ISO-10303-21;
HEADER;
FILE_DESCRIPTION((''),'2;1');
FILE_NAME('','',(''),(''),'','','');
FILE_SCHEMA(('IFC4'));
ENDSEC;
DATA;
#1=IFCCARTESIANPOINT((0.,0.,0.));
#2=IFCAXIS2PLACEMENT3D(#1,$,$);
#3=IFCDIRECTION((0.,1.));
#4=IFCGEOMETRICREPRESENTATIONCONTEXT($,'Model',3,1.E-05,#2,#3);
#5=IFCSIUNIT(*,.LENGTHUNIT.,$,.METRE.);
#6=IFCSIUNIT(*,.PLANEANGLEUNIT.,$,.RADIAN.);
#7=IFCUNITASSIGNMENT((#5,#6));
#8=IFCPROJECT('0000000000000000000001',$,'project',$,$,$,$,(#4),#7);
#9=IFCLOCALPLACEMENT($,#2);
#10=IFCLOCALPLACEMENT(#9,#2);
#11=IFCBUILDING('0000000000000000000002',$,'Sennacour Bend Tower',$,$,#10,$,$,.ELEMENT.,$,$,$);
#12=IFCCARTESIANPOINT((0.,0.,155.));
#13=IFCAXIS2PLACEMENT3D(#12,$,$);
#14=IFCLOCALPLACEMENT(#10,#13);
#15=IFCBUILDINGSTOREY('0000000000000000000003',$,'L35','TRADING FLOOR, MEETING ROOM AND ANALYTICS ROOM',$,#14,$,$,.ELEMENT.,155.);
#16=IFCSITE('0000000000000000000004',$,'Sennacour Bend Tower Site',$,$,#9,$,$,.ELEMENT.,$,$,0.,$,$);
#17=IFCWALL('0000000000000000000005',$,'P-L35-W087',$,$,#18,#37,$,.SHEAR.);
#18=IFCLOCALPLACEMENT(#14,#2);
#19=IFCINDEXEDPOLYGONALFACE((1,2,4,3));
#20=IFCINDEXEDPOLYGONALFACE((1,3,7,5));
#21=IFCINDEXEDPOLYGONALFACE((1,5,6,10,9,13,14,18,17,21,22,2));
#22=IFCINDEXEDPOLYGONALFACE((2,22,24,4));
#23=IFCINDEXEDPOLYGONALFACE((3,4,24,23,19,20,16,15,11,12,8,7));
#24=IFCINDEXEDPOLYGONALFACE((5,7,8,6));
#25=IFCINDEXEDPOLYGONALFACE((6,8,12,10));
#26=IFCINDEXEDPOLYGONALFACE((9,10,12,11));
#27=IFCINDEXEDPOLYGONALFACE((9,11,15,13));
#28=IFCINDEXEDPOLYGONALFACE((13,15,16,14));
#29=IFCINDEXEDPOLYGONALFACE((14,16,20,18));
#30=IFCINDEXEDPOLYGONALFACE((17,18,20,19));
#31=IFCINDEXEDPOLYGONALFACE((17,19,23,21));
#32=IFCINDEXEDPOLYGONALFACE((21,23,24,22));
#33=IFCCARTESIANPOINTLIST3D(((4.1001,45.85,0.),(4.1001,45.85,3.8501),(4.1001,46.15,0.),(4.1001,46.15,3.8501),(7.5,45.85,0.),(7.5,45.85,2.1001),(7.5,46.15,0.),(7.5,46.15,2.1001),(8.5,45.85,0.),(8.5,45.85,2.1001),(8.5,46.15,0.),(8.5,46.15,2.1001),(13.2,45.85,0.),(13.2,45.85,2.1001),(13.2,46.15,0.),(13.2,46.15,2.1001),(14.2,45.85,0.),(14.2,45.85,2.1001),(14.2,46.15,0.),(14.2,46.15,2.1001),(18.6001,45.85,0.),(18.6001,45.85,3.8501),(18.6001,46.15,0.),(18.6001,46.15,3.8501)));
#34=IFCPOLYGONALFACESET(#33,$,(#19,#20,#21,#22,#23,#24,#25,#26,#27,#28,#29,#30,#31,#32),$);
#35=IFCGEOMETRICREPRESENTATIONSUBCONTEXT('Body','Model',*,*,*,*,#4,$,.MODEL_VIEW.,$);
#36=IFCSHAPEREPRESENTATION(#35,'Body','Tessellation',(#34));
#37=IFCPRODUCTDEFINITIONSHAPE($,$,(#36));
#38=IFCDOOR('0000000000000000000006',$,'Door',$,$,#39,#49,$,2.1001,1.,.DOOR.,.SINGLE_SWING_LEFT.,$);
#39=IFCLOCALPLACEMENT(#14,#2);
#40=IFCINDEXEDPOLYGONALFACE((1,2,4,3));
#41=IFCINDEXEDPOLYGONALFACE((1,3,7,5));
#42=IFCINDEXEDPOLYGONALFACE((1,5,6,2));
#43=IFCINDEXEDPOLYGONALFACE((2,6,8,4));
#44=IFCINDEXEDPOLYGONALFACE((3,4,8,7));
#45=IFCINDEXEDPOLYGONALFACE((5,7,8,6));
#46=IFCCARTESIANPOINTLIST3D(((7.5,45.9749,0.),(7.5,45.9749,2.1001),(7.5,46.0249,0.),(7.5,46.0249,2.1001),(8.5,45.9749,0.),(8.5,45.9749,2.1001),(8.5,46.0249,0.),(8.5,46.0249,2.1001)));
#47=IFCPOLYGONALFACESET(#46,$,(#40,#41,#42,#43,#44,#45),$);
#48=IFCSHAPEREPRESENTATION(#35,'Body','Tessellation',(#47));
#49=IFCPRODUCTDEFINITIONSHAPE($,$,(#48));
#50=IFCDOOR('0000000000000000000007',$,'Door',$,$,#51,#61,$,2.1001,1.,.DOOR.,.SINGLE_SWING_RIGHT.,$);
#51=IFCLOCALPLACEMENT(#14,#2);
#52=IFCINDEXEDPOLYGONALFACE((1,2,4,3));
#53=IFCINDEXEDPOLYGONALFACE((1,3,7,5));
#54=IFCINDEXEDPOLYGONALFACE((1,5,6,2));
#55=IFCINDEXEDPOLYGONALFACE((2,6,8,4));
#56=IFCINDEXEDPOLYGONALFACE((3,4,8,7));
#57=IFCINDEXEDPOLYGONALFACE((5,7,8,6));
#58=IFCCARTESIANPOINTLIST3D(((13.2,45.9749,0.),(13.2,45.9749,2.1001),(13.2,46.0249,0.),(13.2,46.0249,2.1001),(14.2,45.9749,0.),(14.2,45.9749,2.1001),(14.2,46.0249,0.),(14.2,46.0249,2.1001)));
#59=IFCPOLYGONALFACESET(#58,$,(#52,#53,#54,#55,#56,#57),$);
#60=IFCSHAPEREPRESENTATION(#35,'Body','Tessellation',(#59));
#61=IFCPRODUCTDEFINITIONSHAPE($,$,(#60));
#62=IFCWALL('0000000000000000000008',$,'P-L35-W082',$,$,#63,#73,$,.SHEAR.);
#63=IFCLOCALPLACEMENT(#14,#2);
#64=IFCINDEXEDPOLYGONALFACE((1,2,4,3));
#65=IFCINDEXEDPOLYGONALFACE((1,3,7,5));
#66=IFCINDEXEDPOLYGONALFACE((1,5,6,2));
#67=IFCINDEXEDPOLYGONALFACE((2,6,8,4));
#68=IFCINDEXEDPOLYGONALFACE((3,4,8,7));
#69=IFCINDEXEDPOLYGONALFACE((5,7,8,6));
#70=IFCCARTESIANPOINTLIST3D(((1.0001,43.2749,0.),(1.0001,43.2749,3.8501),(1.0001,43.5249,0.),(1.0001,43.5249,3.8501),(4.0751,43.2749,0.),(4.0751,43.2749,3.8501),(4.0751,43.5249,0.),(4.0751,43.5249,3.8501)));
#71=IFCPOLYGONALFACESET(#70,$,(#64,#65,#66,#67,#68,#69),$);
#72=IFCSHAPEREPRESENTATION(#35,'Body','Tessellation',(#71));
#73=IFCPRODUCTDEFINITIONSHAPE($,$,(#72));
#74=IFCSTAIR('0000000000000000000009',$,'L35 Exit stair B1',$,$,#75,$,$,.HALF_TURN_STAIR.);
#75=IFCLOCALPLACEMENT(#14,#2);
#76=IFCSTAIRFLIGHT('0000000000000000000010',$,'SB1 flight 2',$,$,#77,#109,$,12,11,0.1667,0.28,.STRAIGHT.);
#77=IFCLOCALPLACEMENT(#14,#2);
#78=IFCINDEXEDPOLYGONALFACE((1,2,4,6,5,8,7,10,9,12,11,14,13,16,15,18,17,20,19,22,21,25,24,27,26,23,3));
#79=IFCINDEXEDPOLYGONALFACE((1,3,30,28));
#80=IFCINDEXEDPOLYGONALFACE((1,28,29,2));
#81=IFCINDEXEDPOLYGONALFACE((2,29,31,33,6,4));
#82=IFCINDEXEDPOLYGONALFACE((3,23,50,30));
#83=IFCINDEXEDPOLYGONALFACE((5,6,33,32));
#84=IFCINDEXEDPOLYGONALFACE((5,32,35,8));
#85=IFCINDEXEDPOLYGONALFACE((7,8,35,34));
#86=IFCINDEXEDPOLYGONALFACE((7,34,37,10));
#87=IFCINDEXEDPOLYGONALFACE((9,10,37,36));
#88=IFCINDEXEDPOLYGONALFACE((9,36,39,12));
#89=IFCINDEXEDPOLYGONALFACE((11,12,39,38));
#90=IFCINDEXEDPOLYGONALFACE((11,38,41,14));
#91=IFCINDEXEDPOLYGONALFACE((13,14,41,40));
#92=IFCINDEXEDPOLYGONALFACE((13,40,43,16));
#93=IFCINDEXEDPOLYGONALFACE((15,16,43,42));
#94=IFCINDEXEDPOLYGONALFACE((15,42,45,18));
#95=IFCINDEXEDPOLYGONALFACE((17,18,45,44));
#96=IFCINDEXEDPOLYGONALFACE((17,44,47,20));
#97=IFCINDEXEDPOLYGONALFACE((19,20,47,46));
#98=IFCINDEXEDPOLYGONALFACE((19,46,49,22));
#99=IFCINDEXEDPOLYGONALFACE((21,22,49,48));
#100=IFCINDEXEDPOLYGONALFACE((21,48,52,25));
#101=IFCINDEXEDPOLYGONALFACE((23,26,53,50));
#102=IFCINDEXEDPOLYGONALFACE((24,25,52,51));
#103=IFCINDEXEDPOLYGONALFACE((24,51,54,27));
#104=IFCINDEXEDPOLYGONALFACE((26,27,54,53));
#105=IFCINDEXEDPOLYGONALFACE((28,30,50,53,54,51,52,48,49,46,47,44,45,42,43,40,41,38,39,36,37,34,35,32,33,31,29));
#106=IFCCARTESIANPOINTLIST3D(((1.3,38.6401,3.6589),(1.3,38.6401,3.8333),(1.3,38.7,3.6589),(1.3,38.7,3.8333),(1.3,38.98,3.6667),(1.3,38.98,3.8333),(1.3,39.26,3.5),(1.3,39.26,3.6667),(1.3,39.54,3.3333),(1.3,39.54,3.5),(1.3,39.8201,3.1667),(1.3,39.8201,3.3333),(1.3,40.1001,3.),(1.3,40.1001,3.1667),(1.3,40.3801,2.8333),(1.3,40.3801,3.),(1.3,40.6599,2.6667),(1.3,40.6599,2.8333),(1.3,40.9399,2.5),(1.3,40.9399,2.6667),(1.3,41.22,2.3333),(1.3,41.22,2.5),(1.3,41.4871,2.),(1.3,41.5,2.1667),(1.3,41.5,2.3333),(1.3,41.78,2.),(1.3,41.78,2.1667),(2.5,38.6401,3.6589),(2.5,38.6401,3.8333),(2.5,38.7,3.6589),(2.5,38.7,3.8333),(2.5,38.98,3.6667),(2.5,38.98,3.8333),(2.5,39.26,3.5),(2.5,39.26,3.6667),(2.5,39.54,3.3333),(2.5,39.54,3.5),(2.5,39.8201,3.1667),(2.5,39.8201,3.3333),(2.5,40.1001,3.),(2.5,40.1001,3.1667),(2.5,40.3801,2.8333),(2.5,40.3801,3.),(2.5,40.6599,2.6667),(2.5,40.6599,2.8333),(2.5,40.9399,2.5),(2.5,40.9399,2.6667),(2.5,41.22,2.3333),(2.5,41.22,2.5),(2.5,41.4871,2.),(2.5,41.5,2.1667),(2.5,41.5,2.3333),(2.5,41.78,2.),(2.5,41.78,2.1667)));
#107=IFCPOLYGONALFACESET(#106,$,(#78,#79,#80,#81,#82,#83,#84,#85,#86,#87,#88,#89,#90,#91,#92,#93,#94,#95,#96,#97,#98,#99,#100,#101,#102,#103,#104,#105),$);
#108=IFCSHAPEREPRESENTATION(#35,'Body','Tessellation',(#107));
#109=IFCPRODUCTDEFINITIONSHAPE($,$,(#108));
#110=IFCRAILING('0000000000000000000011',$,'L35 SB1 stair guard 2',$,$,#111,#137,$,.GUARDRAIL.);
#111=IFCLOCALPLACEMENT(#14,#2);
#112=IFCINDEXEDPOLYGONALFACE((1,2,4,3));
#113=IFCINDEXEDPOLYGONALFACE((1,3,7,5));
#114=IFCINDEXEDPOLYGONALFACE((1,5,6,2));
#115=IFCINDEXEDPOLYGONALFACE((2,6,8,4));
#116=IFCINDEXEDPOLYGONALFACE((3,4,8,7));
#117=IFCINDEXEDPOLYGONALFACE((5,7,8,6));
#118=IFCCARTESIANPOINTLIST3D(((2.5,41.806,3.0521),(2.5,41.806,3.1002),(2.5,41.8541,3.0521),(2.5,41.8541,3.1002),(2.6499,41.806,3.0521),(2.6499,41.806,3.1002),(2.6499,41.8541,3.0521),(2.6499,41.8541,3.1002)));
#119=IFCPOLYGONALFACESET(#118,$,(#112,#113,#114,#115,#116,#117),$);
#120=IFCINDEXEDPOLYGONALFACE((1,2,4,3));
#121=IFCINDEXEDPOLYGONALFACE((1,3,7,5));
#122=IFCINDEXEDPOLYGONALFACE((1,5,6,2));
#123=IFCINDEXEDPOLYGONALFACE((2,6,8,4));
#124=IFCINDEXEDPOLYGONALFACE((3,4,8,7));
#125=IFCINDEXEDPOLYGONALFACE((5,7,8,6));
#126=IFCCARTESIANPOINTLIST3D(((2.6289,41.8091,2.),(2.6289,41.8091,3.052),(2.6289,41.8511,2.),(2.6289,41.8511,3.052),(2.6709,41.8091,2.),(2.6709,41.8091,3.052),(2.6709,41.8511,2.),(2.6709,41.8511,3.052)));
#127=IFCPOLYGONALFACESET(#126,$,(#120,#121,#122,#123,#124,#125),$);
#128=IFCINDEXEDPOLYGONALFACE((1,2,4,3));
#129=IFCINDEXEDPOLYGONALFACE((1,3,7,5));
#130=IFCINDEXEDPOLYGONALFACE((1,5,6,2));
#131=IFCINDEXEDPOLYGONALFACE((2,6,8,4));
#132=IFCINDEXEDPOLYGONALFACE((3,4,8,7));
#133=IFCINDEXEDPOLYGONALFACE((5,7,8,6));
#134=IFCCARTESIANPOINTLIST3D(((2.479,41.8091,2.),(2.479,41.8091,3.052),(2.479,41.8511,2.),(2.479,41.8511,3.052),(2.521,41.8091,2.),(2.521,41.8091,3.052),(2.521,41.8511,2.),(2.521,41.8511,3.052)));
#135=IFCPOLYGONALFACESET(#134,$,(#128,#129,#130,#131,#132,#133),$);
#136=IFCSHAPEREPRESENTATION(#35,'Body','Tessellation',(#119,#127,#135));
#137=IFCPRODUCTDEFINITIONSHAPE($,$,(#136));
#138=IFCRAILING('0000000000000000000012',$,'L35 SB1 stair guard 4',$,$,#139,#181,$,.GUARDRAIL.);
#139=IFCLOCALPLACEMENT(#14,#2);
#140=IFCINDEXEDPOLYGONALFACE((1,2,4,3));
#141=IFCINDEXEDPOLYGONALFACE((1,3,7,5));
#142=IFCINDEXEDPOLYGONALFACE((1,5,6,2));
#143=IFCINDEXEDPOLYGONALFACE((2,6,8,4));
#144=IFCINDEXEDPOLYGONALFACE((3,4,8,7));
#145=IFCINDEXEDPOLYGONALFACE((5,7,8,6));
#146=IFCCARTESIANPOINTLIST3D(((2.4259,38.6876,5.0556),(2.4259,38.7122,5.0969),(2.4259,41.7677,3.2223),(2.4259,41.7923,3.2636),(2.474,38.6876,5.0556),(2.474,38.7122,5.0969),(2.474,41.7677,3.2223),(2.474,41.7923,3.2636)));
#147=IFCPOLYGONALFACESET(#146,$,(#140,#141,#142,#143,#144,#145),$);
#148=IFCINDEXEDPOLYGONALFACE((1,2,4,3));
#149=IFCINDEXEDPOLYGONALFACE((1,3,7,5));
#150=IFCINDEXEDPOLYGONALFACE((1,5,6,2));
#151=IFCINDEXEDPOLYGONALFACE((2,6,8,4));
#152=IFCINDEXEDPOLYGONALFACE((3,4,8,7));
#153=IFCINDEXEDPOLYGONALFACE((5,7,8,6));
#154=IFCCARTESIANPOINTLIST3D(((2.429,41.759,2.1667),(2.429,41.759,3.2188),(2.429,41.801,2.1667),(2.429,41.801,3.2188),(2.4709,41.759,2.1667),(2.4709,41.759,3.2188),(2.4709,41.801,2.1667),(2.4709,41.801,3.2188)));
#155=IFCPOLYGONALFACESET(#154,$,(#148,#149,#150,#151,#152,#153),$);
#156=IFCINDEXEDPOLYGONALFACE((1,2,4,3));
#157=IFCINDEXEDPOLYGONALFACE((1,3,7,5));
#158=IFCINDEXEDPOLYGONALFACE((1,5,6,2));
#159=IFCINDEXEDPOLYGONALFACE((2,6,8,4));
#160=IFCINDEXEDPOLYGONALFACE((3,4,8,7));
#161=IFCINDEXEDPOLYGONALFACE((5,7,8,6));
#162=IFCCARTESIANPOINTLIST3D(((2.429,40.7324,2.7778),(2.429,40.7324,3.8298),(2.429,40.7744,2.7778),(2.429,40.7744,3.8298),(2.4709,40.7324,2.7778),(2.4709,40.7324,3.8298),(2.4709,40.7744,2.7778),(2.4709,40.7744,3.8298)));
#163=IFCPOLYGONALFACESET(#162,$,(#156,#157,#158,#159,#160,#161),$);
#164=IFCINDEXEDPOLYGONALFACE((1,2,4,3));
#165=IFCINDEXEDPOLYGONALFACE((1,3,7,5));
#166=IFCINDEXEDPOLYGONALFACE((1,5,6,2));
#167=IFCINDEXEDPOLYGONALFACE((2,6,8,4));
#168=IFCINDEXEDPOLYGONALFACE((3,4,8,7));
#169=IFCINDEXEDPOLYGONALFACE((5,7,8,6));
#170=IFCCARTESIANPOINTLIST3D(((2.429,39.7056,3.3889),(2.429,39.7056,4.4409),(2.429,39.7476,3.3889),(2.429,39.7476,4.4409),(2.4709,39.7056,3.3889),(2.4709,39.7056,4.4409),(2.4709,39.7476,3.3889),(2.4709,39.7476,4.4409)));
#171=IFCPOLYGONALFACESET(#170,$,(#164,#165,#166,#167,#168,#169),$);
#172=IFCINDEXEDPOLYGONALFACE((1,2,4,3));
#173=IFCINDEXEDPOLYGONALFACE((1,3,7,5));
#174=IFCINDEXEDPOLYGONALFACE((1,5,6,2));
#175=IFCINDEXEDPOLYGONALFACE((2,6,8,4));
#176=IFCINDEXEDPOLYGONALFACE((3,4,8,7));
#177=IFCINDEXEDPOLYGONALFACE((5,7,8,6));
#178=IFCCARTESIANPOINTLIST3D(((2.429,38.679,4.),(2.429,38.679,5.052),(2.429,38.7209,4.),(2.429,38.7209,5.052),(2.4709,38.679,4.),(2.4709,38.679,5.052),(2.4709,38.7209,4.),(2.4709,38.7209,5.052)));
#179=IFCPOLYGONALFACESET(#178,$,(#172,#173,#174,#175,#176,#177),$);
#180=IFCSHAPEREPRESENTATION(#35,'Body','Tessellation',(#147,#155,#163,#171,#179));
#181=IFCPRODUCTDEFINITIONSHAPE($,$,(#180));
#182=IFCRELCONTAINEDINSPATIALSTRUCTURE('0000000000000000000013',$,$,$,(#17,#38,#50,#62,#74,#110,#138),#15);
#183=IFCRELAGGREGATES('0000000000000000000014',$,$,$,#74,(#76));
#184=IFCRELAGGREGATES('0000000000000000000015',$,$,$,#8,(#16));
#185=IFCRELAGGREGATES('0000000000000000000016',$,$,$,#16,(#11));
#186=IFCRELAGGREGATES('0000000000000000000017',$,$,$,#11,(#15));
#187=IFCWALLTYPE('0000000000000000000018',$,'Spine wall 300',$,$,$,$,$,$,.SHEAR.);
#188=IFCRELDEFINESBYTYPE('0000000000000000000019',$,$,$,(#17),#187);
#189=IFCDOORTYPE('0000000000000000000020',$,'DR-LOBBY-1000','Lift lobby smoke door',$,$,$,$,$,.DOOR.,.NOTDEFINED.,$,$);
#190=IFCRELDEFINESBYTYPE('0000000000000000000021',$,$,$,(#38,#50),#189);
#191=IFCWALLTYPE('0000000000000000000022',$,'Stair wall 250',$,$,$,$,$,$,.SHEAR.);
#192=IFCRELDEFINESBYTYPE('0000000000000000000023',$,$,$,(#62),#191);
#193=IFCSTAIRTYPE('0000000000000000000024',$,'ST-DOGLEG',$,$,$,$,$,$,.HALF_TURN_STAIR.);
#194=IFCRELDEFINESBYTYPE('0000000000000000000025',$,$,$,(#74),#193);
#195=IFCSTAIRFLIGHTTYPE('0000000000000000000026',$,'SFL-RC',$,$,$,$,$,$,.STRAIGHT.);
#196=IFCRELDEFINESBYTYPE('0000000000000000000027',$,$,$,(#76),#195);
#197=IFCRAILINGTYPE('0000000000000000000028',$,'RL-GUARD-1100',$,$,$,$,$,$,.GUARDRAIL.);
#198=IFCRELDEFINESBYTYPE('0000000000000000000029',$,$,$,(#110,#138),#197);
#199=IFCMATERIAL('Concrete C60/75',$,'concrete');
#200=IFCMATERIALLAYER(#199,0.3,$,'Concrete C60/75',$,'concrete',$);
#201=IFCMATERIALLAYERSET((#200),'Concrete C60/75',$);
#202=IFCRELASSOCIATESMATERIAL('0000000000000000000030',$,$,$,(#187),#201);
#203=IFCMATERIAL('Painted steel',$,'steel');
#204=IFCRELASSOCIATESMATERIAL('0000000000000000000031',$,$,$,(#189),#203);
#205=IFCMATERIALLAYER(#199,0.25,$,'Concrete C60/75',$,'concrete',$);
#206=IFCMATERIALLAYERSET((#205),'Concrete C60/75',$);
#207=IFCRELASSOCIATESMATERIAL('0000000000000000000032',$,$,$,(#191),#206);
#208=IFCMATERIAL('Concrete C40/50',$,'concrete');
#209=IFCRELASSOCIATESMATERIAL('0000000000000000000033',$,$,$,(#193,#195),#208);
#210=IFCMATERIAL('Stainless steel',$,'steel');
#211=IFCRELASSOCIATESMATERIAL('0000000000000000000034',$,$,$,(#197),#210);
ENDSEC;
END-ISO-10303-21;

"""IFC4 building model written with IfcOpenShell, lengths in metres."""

from ifc_helpers import new_model, si_unit, direction, frame, frame_2d, origin, origin_2d, place, context, subcontext, project, spatial, polyline, rectangle, outline, extrude, material, layer, layer_set, type_object, element, fill, aggregate, save


model = new_model("IFC4")

# Units and contexts
model_context = context("Model", 3, precision=1e-05, world=origin(), true_north=direction((0.0, 1.0)))
body_context = subcontext(model_context, "Body", "Model", "MODEL_VIEW")
ifc_project = project(units=[si_unit("LENGTHUNIT", "METRE"), si_unit("PLANEANGLEUNIT", "RADIAN")], contexts=[model_context])

# Site, building, storey
site_placement = place(None, origin())
site = spatial("IfcSite", under=ifc_project, at=site_placement, Name="Sennacour Bend Tower Site", CompositionType="ELEMENT", RefElevation=0.0)
building_placement = place(site_placement, origin())
building = spatial("IfcBuilding", under=site, at=building_placement, Name="Sennacour Bend Tower", CompositionType="ELEMENT")
storey_placement = place(building_placement, frame((0.0, 0.0, 155.0)))
storey = spatial("IfcBuildingStorey", under=building, at=storey_placement, Name="L35", Description="TRADING FLOOR, MEETING ROOM AND ANALYTICS ROOM", CompositionType="ELEMENT", Elevation=155.0)

# Shared definitions
ifc_material_1 = material(Name="Concrete C60/75", Category="concrete")

# Shared definitions
ifc_material_2 = material(Name="Painted steel", Category="steel")

# Wall, openings, doors
ifc_layer_1 = layer(ifc_material_1, 0.3, Name="Concrete C60/75", Category="concrete")
ifc_layer_set_1 = layer_set([ifc_layer_1], Name="Concrete C60/75")
wall_type_1 = type_object("IfcWallType", Name="Spine wall 300", PredefinedType="SHEAR", material=ifc_layer_set_1)
wall_1_placement = place(storey_placement, frame((4.1001, 46.0, 0.0), z_axis=(0.0, 0.0, 1.0), x_axis=(1.0, 0.0, 0.0)))
wall_1 = element("IfcWall", 1, at=wall_1_placement, inside=storey, type_object=wall_type_1, Name="P-L35-W087", PredefinedType="SHEAR", context=body_context, shape_type="SweptSolid", body=[
    extrude(rectangle(XDim=14.5, YDim=0.3, at=frame_2d((7.25, 0.0))), origin(), (0.0, 0.0, 1.0), 3.8501),
])
opening_1_placement = place(wall_1_placement, frame((3.3999, 0.0, 0.0)))
opening_1 = element("IfcOpeningElement", 2, at=opening_1_placement, cuts=wall_1, PredefinedType="OPENING", context=body_context, shape_type="SweptSolid", body=[
    extrude(rectangle(XDim=1.0, YDim=2.1001, at=frame_2d((0.5, 1.05))), frame((0.0, 0.1602, 0.0), z_axis=(0.0, -1.0, 0.0), x_axis=(1.0, 0.0, 0.0)), (0.0, 0.0, 1.0), 0.3201),
])
opening_2_placement = place(wall_1_placement, frame((9.0999, 0.0, 0.0)))
opening_2 = element("IfcOpeningElement", 3, at=opening_2_placement, cuts=wall_1, PredefinedType="OPENING", context=body_context, shape_type="SweptSolid", body=[
    extrude(rectangle(XDim=1.0, YDim=2.1001, at=frame_2d((0.5, 1.05))), frame((0.0, 0.1602, 0.0), z_axis=(0.0, -1.0, 0.0), x_axis=(1.0, 0.0, 0.0)), (0.0, 0.0, 1.0), 0.3201),
])
door_type_1 = type_object("IfcDoorType", Name="DR-LOBBY-1000", Description="Lift lobby smoke door", OperationType="NOTDEFINED", PredefinedType="DOOR", material=ifc_material_2)
door_1_placement = place(opening_1_placement, origin())
door_1 = element("IfcDoor", 4, at=door_1_placement, inside=storey, type_object=door_type_1, Name="Door", OperationType="SINGLE_SWING_LEFT", OverallHeight=2.1001, OverallWidth=1.0, PredefinedType="DOOR", context=body_context, shape_type="SweptSolid", body=[
    extrude(rectangle(XDim=1.0, YDim=2.1001, at=frame_2d((0.5, 1.05))), frame((0.0, 0.0249, 0.0), z_axis=(0.0, -1.0, 0.0), x_axis=(1.0, 0.0, 0.0)), (0.0, 0.0, 1.0), 0.05),
])
fill(opening_1, door_1)
door_2_placement = place(opening_2_placement, origin())
door_2 = element("IfcDoor", 5, at=door_2_placement, inside=storey, type_object=door_type_1, Name="Door", OperationType="SINGLE_SWING_RIGHT", OverallHeight=2.1001, OverallWidth=1.0, PredefinedType="DOOR", context=body_context, shape_type="SweptSolid", body=[
    extrude(rectangle(XDim=1.0, YDim=2.1001, at=frame_2d((0.5, 1.05))), frame((0.0, 0.0249, 0.0), z_axis=(0.0, -1.0, 0.0), x_axis=(1.0, 0.0, 0.0)), (0.0, 0.0, 1.0), 0.05),
])
fill(opening_2, door_2)

# Wall
ifc_layer_2 = layer(ifc_material_1, 0.25, Name="Concrete C60/75", Category="concrete")
ifc_layer_set_2 = layer_set([ifc_layer_2], Name="Concrete C60/75")
wall_type_2 = type_object("IfcWallType", Name="Stair wall 250", PredefinedType="SHEAR", material=ifc_layer_set_2)
wall_2_placement = place(storey_placement, frame((1.0, 43.3999, 0.0), z_axis=(0.0, 0.0, 1.0), x_axis=(1.0, 0.0, 0.0)))
element("IfcWall", 6, at=wall_2_placement, inside=storey, type_object=wall_type_2, Name="P-L35-W082", PredefinedType="SHEAR", context=body_context, shape_type="SweptSolid", body=[
    extrude(rectangle(XDim=3.075, YDim=0.25, at=frame_2d((1.5376, 0.0))), origin(), (0.0, 0.0, 1.0), 3.8501),
])

# Stair, stair flight
ifc_material_3 = material(Name="Concrete C40/50", Category="concrete")
stair_type = type_object("IfcStairType", Name="ST-DOGLEG", PredefinedType="HALF_TURN_STAIR", material=ifc_material_3)
stair_placement = place(storey_placement, origin())
stair = element("IfcStair", 7, at=stair_placement, inside=storey, type_object=stair_type, Name="L35 Exit stair B1", PredefinedType="HALF_TURN_STAIR")
stair_flight_type = type_object("IfcStairFlightType", Name="SFL-RC", PredefinedType="STRAIGHT", material=ifc_material_3)
stair_flight_placement = place(storey_placement, frame((1.8999, 41.78, 2.0), z_axis=(0.0, 0.0, 1.0), x_axis=(0.0, -1.0, 0.0)))
stair_flight = element("IfcStairFlight", 8, at=stair_flight_placement, type_object=stair_flight_type, Name="SB1 flight 2", NumberOfRisers=12, NumberOfTreads=11, PredefinedType="STRAIGHT", RiserHeight=0.1667, TreadLength=0.28, context=body_context, shape_type="SweptSolid", body=[
    extrude(outline(polyline([(0.0, 0.0), (0.0, 0.1667), (0.28, 0.1667), (0.28, 0.3333), (0.5601, 0.3333), (0.5601, 0.5), (0.8401, 0.5), (0.8401, 0.6667), (1.1201, 0.6667), (1.1201, 0.8333), (1.3999, 0.8333), (1.3999, 1.0), (1.6799, 1.0), (1.6799, 1.1667), (1.96, 1.1667), (1.96, 1.3333), (2.24, 1.3333), (2.24, 1.5), (2.52, 1.5), (2.52, 1.6667), (2.8, 1.6667), (2.8, 1.8333), (3.0801, 1.8333), (3.1399, 1.8333), (3.1399, 1.6589), (3.0801, 1.6589), (0.293, 0.0), (0.0, 0.0)])), frame((0.0, 0.6001, 0.0), z_axis=(0.0, -1.0, 0.0), x_axis=(1.0, 0.0, 0.0)), (0.0, 0.0, 1.0), 1.2),
])
aggregate(stair, [stair_flight])

# Railings
ifc_material_4 = material(Name="Stainless steel", Category="steel")
railing_type_1 = type_object("IfcRailingType", Name="RL-GUARD-1100", PredefinedType="GUARDRAIL", material=ifc_material_4)
railing_1_placement = place(storey_placement, frame((2.6499, 41.8301, 2.0)))
element("IfcRailing", 9, at=railing_1_placement, inside=storey, type_object=railing_type_1, Name="L35 SB1 stair guard 2", PredefinedType="GUARDRAIL", context=body_context, shape_type="SweptSolid", body=[
    extrude(rectangle(XDim=0.0481, YDim=0.0481, at=origin_2d()), frame((0.0, 0.0, 1.0762), z_axis=(-1.0, 0.0, 0.0), x_axis=(0.0, -1.0, 0.0)), (0.0, 0.0, 1.0), 0.1499),
    extrude(rectangle(XDim=0.042, YDim=0.042, at=origin_2d()), origin(), (0.0, 0.0, 1.0), 1.052),
    extrude(rectangle(XDim=0.042, YDim=0.042, at=origin_2d()), frame((-0.1499, 0.0, 0.0)), (0.0, 0.0, 1.0), 1.052),
])
railing_2_placement = place(storey_placement, frame((2.45, 41.78, 2.1667)))
element("IfcRailing", 10, at=railing_2_placement, inside=storey, type_object=railing_type_1, Name="L35 SB1 stair guard 4", PredefinedType="GUARDRAIL", context=body_context, shape_type="SweptSolid", body=[
    extrude(rectangle(XDim=0.0481, YDim=0.0481, at=origin_2d()), frame((0.0, 0.0, 1.0762), z_axis=(0.0, -0.859309, 0.511458), x_axis=(1.0, 0.0, 0.0)), (0.0, 0.0, 1.0), 3.5845),
    extrude(rectangle(XDim=0.042, YDim=0.042, at=origin_2d()), origin(), (0.0, 0.0, 1.0), 1.052),
    extrude(rectangle(XDim=0.042, YDim=0.042, at=origin_2d()), frame((0.0, -1.0266, 0.6111)), (0.0, 0.0, 1.0), 1.052),
    extrude(rectangle(XDim=0.042, YDim=0.042, at=origin_2d()), frame((0.0, -2.0535, 1.2222)), (0.0, 0.0, 1.0), 1.052),
    extrude(rectangle(XDim=0.042, YDim=0.042, at=origin_2d()), frame((0.0, -3.0801, 1.8333)), (0.0, 0.0, 1.0), 1.052),
])

save(model, "model.ifc")
